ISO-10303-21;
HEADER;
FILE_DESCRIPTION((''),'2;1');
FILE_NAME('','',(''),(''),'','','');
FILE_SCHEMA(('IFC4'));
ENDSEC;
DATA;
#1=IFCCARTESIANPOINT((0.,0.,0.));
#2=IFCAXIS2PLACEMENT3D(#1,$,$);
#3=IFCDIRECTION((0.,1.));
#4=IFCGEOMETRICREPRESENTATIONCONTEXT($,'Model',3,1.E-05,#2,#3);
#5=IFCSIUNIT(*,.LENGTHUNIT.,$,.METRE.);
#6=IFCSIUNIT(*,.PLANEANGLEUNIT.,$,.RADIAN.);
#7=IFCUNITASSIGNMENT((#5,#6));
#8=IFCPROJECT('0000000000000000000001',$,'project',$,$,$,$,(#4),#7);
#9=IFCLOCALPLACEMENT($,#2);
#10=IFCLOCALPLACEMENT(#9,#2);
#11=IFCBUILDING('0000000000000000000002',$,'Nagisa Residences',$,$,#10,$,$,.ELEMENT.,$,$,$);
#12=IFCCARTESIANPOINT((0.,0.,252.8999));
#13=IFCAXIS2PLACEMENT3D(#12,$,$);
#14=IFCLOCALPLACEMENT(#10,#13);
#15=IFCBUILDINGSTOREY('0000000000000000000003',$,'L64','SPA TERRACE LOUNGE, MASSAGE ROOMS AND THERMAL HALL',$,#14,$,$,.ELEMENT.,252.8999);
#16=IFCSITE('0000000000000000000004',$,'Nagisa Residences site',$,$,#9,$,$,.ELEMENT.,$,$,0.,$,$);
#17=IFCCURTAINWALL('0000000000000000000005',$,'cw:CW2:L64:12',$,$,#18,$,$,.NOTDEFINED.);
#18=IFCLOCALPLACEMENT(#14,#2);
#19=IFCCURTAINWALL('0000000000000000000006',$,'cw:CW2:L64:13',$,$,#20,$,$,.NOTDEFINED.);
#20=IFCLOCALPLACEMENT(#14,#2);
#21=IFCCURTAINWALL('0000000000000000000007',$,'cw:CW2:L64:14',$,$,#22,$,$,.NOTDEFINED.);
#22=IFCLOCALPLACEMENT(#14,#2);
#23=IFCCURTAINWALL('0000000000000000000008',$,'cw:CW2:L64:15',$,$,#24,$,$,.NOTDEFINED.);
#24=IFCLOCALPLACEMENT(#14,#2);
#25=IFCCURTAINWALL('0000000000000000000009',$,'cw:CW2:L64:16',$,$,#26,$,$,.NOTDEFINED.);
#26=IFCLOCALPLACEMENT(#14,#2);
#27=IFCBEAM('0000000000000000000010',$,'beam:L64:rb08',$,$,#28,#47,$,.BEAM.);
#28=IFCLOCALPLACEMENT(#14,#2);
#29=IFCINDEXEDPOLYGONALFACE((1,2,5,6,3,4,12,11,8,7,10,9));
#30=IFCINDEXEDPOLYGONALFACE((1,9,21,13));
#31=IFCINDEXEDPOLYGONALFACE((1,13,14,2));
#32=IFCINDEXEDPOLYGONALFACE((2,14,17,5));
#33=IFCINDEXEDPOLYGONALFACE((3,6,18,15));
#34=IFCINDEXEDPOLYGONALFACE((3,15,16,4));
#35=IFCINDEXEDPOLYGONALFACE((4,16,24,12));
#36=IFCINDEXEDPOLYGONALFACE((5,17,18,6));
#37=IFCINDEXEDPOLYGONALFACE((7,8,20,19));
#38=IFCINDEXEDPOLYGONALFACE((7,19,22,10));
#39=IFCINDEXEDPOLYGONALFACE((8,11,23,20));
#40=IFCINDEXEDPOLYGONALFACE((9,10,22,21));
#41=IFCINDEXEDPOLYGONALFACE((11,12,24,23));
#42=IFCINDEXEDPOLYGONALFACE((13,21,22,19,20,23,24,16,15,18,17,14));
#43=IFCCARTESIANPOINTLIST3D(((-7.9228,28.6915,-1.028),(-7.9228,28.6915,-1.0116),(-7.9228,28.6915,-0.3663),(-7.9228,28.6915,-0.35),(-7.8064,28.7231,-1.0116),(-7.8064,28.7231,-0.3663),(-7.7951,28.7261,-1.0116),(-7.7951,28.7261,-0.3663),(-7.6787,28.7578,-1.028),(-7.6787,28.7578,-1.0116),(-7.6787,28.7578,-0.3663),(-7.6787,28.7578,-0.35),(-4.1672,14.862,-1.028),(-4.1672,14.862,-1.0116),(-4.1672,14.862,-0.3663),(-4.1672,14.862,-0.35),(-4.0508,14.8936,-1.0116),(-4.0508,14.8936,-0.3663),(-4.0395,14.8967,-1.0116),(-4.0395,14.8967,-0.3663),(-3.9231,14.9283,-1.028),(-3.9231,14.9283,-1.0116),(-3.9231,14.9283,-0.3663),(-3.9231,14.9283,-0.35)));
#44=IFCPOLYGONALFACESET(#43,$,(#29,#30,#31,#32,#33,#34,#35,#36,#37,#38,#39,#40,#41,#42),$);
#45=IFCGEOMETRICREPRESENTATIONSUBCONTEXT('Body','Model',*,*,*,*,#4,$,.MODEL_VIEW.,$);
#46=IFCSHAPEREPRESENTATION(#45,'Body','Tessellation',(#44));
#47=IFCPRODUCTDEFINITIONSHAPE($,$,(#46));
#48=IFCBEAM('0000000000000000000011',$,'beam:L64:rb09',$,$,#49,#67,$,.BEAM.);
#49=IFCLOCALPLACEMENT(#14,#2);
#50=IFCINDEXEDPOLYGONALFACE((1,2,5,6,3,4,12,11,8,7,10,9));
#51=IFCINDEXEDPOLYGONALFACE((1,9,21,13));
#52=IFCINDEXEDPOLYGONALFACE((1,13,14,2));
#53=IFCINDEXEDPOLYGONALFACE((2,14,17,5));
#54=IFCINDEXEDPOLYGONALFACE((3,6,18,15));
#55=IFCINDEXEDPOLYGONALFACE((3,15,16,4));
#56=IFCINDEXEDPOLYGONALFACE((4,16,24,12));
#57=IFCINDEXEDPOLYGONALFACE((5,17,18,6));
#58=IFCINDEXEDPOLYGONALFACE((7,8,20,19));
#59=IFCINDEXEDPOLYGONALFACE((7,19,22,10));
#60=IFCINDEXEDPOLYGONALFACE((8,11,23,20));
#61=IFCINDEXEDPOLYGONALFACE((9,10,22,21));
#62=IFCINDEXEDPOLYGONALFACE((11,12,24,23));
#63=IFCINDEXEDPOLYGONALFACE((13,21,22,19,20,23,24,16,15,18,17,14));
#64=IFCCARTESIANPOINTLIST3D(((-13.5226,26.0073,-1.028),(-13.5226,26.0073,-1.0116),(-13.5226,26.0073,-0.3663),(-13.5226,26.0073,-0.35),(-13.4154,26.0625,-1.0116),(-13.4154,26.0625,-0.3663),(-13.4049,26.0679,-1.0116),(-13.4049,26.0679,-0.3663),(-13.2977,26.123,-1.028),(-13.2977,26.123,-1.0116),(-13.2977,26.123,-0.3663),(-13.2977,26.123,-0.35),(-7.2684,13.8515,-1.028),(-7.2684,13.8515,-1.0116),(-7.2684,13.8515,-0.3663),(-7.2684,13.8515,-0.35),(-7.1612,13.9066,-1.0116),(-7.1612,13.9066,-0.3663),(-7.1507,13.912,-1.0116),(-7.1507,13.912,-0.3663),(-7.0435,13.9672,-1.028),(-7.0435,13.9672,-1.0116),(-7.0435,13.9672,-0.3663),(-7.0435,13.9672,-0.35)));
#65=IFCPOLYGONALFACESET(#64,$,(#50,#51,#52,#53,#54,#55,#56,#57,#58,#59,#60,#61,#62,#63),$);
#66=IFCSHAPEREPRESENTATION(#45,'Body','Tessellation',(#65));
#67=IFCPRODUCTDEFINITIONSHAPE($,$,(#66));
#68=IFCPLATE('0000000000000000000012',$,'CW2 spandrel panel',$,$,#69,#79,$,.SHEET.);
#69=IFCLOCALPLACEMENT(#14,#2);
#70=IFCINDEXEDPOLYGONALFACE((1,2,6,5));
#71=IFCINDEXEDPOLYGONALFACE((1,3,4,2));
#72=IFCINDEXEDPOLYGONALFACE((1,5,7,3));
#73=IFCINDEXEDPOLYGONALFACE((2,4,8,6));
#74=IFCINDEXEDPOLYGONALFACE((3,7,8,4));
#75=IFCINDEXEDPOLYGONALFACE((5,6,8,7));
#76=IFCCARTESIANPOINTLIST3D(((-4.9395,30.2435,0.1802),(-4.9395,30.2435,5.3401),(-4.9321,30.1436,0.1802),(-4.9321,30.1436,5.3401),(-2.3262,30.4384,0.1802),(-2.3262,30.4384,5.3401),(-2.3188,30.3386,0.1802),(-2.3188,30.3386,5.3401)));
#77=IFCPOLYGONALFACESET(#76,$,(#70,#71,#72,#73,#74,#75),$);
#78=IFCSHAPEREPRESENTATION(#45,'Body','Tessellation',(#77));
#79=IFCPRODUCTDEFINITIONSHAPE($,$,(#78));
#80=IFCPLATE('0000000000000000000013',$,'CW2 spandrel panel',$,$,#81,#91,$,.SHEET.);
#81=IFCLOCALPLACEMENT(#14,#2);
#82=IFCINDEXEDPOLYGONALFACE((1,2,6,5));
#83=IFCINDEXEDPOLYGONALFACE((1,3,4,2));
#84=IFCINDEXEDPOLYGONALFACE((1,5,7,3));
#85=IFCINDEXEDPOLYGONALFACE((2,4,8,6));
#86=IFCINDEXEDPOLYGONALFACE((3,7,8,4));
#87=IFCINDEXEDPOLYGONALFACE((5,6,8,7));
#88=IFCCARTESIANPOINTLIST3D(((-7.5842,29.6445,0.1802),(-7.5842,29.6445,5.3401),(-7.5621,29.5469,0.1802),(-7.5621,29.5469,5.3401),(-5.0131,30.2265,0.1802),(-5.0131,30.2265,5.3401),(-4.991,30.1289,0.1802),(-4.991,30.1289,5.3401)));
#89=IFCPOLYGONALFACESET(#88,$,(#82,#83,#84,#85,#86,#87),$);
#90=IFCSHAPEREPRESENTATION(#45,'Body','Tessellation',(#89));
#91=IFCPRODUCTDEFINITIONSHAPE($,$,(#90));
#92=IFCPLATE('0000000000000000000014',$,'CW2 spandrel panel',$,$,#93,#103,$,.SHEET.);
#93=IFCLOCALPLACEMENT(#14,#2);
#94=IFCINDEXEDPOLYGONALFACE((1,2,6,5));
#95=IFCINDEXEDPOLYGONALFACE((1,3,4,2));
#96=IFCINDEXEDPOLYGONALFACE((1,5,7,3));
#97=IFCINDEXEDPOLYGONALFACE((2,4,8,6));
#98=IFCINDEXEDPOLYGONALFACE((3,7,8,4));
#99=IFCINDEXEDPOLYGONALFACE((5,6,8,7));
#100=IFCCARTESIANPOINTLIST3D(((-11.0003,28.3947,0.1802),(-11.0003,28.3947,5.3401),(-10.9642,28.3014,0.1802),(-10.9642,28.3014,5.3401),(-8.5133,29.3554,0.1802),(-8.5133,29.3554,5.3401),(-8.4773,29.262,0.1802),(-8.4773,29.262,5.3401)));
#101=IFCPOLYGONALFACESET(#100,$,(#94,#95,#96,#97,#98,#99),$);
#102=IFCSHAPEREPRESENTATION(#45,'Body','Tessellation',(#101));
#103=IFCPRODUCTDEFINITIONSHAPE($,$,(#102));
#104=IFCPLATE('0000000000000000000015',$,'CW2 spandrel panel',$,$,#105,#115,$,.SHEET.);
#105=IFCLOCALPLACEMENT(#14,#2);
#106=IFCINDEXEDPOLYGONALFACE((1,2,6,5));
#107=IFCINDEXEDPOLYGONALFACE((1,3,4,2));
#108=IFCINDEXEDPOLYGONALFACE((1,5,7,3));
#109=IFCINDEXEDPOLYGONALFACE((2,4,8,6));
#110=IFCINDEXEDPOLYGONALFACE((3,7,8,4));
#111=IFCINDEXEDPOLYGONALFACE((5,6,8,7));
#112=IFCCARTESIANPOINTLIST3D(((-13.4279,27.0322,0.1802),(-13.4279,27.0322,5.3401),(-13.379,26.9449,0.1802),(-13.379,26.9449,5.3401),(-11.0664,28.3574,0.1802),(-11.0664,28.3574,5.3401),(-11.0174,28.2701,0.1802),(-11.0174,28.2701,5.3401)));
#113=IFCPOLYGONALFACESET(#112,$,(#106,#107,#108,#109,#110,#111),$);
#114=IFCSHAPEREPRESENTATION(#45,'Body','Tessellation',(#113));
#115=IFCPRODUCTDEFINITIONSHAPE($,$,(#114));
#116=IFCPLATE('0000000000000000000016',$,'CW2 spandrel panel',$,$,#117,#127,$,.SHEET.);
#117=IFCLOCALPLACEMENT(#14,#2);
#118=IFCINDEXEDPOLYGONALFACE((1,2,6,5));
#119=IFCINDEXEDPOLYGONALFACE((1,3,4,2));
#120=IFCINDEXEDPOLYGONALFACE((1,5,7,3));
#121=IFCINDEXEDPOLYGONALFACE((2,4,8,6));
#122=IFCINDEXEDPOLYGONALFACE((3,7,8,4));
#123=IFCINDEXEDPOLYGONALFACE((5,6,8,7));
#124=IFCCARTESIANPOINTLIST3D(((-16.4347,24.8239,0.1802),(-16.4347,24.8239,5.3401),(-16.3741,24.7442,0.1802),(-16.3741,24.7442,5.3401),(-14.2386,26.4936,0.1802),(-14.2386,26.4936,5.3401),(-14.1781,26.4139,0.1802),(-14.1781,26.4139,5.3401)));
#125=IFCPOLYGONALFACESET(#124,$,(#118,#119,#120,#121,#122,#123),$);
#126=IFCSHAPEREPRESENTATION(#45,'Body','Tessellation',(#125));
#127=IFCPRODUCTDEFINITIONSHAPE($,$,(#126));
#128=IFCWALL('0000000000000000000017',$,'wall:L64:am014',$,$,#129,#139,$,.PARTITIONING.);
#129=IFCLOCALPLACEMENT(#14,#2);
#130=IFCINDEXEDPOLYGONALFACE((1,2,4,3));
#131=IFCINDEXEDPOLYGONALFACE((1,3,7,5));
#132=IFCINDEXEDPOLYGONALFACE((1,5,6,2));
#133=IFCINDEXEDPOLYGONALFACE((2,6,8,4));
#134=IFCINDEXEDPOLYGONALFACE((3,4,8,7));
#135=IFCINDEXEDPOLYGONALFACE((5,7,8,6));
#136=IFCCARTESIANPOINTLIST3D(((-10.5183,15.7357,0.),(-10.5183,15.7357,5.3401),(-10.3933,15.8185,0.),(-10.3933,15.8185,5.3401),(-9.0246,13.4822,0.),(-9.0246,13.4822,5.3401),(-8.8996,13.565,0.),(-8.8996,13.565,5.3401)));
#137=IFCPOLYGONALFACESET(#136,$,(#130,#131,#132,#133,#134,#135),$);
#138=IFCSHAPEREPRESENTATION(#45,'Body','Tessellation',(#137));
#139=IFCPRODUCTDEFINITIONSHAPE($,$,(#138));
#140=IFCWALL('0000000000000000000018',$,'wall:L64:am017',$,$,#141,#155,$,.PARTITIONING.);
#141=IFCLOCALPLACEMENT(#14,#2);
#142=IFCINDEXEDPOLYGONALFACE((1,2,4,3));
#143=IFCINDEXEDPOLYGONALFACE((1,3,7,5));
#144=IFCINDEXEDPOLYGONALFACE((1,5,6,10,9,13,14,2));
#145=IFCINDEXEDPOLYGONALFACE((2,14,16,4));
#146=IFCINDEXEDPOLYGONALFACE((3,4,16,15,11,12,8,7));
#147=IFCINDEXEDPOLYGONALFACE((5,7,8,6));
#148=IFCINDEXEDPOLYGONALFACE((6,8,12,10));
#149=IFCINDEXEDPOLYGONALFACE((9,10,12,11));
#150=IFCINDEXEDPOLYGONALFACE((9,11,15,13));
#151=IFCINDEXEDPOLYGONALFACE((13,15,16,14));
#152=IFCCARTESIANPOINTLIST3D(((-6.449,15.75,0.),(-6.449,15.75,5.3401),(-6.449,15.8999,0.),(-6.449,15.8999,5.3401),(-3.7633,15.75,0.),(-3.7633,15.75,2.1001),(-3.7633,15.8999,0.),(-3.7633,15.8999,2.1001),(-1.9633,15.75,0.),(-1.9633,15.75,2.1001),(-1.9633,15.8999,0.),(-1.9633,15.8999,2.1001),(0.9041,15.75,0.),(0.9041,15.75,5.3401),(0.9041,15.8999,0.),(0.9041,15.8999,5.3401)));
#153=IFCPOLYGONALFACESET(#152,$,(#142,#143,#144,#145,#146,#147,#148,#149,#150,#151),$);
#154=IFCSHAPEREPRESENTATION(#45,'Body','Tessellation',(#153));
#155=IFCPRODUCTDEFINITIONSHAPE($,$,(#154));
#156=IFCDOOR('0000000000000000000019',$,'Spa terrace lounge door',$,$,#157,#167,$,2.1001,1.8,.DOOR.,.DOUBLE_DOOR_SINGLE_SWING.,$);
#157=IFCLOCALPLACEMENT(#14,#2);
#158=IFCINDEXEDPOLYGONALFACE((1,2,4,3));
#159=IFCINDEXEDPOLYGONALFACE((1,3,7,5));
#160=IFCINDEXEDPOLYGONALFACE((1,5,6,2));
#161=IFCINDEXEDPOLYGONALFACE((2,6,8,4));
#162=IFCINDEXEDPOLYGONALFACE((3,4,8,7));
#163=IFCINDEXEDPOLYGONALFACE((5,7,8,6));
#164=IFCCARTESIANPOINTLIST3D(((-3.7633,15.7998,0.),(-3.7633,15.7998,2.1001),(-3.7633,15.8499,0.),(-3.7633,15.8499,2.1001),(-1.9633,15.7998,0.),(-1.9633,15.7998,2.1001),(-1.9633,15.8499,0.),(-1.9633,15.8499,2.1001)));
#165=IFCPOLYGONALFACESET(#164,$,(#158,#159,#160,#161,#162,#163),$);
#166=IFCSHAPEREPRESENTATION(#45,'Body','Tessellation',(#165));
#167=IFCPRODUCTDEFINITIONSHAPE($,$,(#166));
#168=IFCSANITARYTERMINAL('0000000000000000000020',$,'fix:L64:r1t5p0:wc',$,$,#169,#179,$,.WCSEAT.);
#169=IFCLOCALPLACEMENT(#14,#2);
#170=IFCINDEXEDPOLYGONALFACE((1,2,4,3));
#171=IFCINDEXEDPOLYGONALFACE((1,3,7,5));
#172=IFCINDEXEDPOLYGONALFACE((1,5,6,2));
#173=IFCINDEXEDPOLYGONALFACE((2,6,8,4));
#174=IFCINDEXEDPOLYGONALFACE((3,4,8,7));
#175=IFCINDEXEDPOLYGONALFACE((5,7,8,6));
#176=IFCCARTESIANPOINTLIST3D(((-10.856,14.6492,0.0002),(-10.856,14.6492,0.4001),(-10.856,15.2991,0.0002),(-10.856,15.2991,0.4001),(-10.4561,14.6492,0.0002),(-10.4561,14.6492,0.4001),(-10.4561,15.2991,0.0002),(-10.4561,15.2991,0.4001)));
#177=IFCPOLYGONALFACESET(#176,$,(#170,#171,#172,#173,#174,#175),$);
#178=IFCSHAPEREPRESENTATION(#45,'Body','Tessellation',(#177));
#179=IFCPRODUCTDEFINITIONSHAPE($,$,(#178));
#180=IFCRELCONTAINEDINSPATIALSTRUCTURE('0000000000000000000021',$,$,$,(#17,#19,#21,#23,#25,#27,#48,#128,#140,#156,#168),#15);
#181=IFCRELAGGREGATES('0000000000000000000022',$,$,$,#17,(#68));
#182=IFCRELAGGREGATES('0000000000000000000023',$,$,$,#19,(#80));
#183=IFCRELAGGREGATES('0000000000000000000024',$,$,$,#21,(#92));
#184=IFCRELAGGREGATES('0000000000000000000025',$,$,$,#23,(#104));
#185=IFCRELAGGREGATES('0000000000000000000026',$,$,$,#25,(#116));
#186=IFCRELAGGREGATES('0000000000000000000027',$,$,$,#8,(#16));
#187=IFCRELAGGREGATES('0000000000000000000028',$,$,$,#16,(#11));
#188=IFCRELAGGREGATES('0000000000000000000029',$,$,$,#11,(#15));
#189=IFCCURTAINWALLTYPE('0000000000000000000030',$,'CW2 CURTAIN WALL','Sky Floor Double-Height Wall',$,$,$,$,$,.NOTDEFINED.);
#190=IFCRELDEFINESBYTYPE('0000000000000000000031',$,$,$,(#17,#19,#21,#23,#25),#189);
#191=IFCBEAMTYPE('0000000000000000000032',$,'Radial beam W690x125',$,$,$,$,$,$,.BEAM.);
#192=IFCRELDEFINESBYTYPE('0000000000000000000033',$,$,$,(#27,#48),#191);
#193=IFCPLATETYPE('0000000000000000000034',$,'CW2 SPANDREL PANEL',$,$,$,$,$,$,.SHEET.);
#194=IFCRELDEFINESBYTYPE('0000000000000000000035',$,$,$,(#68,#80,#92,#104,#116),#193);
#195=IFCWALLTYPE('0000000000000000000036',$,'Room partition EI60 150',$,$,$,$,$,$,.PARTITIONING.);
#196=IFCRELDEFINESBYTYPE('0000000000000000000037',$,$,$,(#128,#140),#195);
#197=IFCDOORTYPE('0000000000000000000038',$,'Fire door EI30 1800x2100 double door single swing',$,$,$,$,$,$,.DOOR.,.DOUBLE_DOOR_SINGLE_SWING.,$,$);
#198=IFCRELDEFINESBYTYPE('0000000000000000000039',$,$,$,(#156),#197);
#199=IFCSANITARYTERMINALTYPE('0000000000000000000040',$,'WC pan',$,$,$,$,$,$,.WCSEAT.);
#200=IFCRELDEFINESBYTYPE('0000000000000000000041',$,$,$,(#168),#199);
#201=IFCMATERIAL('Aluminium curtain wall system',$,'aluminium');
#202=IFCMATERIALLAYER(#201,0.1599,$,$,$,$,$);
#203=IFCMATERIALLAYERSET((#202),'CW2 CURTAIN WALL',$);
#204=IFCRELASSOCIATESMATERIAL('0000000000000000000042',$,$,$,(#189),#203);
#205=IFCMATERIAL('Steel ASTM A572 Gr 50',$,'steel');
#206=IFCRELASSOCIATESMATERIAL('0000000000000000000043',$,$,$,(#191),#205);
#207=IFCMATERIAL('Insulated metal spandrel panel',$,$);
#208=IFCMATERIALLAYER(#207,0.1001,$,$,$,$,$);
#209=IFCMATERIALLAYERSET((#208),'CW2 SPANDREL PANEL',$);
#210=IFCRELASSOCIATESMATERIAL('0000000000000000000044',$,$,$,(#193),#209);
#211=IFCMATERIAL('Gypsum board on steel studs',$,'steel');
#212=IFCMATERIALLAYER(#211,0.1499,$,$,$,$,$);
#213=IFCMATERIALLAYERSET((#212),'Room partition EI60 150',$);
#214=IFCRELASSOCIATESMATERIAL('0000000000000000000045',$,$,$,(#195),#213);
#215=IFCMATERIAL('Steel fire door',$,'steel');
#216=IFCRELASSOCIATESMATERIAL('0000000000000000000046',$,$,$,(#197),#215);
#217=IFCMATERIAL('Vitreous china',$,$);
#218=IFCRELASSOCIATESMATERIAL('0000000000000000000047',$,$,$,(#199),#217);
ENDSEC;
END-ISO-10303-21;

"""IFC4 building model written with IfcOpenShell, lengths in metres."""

from ifc_helpers import new_model, si_unit, direction, frame, frame_2d, origin, origin_2d, place, context, subcontext, project, spatial, rectangle, i_section, extrude, material, layer, layer_set, material_profile, profile_set, type_object, element, fill, aggregate, save


model = new_model("IFC4")

# Units and contexts
model_context = context("Model", 3, precision=1e-05, world=origin(), true_north=direction((0.0, 1.0)))
body_context = subcontext(model_context, "Body", "Model", "MODEL_VIEW")
ifc_project = project(units=[si_unit("LENGTHUNIT", "METRE"), si_unit("PLANEANGLEUNIT", "RADIAN")], contexts=[model_context])

# Site, building, storey
site_placement = place(None, origin())
site = spatial("IfcSite", under=ifc_project, at=site_placement, Name="Nagisa Residences site", CompositionType="ELEMENT", RefElevation=0.0)
building_placement = place(site_placement, origin())
building = spatial("IfcBuilding", under=site, at=building_placement, Name="Nagisa Residences", CompositionType="ELEMENT")
storey_placement = place(building_placement, frame((0.0, 0.0, 252.8999)))
storey = spatial("IfcBuildingStorey", under=building, at=storey_placement, Name="L64", Description="SPA TERRACE LOUNGE, MASSAGE ROOMS AND THERMAL HALL", CompositionType="ELEMENT", Elevation=252.8999)

# Curtain walls
ifc_material_1 = material(Name="Aluminium curtain wall system", Category="aluminium")
ifc_layer_1 = layer(ifc_material_1, 0.1599)
ifc_layer_set_1 = layer_set([ifc_layer_1], Name="CW2 CURTAIN WALL")
curtain_wall_type = type_object("IfcCurtainWallType", Name="CW2 CURTAIN WALL", Description="Sky Floor Double-Height Wall", PredefinedType="NOTDEFINED", material=ifc_layer_set_1)
curtain_wall_1_placement = place(storey_placement, origin())
curtain_wall_1 = element("IfcCurtainWall", 1, at=curtain_wall_1_placement, inside=storey, type_object=curtain_wall_type, Name="cw:CW2:L64:12", PredefinedType="NOTDEFINED")
curtain_wall_2_placement = place(storey_placement, origin())
curtain_wall_2 = element("IfcCurtainWall", 2, at=curtain_wall_2_placement, inside=storey, type_object=curtain_wall_type, Name="cw:CW2:L64:13", PredefinedType="NOTDEFINED")
curtain_wall_3_placement = place(storey_placement, origin())
curtain_wall_3 = element("IfcCurtainWall", 3, at=curtain_wall_3_placement, inside=storey, type_object=curtain_wall_type, Name="cw:CW2:L64:14", PredefinedType="NOTDEFINED")
curtain_wall_4_placement = place(storey_placement, origin())
curtain_wall_4 = element("IfcCurtainWall", 4, at=curtain_wall_4_placement, inside=storey, type_object=curtain_wall_type, Name="cw:CW2:L64:15", PredefinedType="NOTDEFINED")
curtain_wall_5_placement = place(storey_placement, origin())
curtain_wall_5 = element("IfcCurtainWall", 5, at=curtain_wall_5_placement, inside=storey, type_object=curtain_wall_type, Name="cw:CW2:L64:16", PredefinedType="NOTDEFINED")

# Beams
ifc_material_2 = material(Name="Steel ASTM A572 Gr 50", Category="steel")
ifc_material_profile_1 = material_profile(ifc_material_2, i_section(OverallWidth=0.2529, OverallDepth=0.678, WebThickness=0.0117, FlangeThickness=0.0164, at=origin_2d()), Name="W690x125")
ifc_profile_set_1 = profile_set([ifc_material_profile_1], Name="Steel ASTM A572 Gr 50")
beam_type_1 = type_object("IfcBeamType", Name="Radial beam W690x125", PredefinedType="BEAM", material=ifc_profile_set_1)
beam_1_placement = place(storey_placement, frame((-7.8008, 28.7246, -0.689), z_axis=(0.262076, -0.965047, 0.0), x_axis=(0.965047, 0.262076, 0.0)))
element("IfcBeam", 6, at=beam_1_placement, inside=storey, type_object=beam_type_1, Name="beam:L64:rb08", PredefinedType="BEAM", context=body_context, shape_type="SweptSolid", body=[
    extrude(i_section(OverallWidth=0.2529, OverallDepth=0.678, WebThickness=0.0117, FlangeThickness=0.0164, at=origin_2d()), origin(), (0.0, 0.0, 1.0), 14.3303),
])
beam_2_placement = place(storey_placement, frame((-13.4102, 26.0652, -0.689), z_axis=(0.457499, -0.88921, 0.0), x_axis=(0.88921, 0.457499, 0.0)))
element("IfcBeam", 7, at=beam_2_placement, inside=storey, type_object=beam_type_1, Name="beam:L64:rb09", PredefinedType="BEAM", context=body_context, shape_type="SweptSolid", body=[
    extrude(i_section(OverallWidth=0.2529, OverallDepth=0.678, WebThickness=0.0117, FlangeThickness=0.0164, at=origin_2d()), origin(), (0.0, 0.0, 1.0), 13.6704),
])

# Plates
ifc_material_3 = material(Name="Insulated metal spandrel panel")
ifc_layer_2 = layer(ifc_material_3, 0.1001)
ifc_layer_set_2 = layer_set([ifc_layer_2], Name="CW2 SPANDREL PANEL")
plate_type = type_object("IfcPlateType", Name="CW2 SPANDREL PANEL", PredefinedType="SHEET", material=ifc_layer_set_2)
plate_1_placement = place(storey_placement, frame((-3.6292, 30.291, 0.1802), z_axis=(0.0, 0.0, 1.0), x_axis=(-0.99723, -0.074377, 0.0)))
plate_1 = element("IfcPlate", 8, at=plate_1_placement, type_object=plate_type, Name="CW2 spandrel panel", PredefinedType="SHEET", context=body_context, shape_type="SweptSolid", body=[
    extrude(rectangle(XDim=2.6206, YDim=0.1001, at=origin_2d()), origin(), (0.0, 0.0, 1.0), 5.1599),
])
aggregate(curtain_wall_1, [plate_1])
plate_2_placement = place(storey_placement, frame((-6.2876, 29.8867, 0.1802), z_axis=(0.0, 0.0, 1.0), x_axis=(-0.975327, -0.220764, 0.0)))
plate_2 = element("IfcPlate", 9, at=plate_2_placement, type_object=plate_type, Name="CW2 spandrel panel", PredefinedType="SHEET", context=body_context, shape_type="SweptSolid", body=[
    extrude(rectangle(XDim=2.6362, YDim=0.1001, at=origin_2d()), origin(), (0.0, 0.0, 1.0), 5.1599),
])
aggregate(curtain_wall_2, [plate_2])
plate_3_placement = place(storey_placement, frame((-9.7388, 28.8284, 0.1802), z_axis=(0.0, 0.0, 1.0), x_axis=(-0.932826, -0.360328, 0.0)))
plate_3 = element("IfcPlate", 10, at=plate_3_placement, type_object=plate_type, Name="CW2 spandrel panel", PredefinedType="SHEET", context=body_context, shape_type="SweptSolid", body=[
    extrude(rectangle(XDim=2.666, YDim=0.1001, at=origin_2d()), origin(), (0.0, 0.0, 1.0), 5.1599),
])
aggregate(curtain_wall_3, [plate_3])
plate_4_placement = place(storey_placement, frame((-12.2227, 27.6511, 0.1802), z_axis=(0.0, 0.0, 1.0), x_axis=(-0.872072, -0.489377, 0.0)))
plate_4 = element("IfcPlate", 11, at=plate_4_placement, type_object=plate_type, Name="CW2 spandrel panel", PredefinedType="SHEET", context=body_context, shape_type="SweptSolid", body=[
    extrude(rectangle(XDim=2.708, YDim=0.1001, at=origin_2d()), origin(), (0.0, 0.0, 1.0), 5.1599),
])
aggregate(curtain_wall_4, [plate_4])
plate_5_placement = place(storey_placement, frame((-15.3064, 25.6189, 0.1802), z_axis=(0.0, 0.0, 1.0), x_axis=(-0.796031, -0.605255, 0.0)))
plate_5 = element("IfcPlate", 12, at=plate_5_placement, type_object=plate_type, Name="CW2 spandrel panel", PredefinedType="SHEET", context=body_context, shape_type="SweptSolid", body=[
    extrude(rectangle(XDim=2.7588, YDim=0.1001, at=origin_2d()), origin(), (0.0, 0.0, 1.0), 5.1599),
])
aggregate(curtain_wall_5, [plate_5])

# Wall
ifc_material_4 = material(Name="Gypsum board on steel studs", Category="steel")
ifc_layer_3 = layer(ifc_material_4, 0.1499)
ifc_layer_set_3 = layer_set([ifc_layer_3], Name="Room partition EI60 150")
wall_type = type_object("IfcWallType", Name="Room partition EI60 150", PredefinedType="PARTITIONING", material=ifc_layer_set_3)
wall_1_placement = place(storey_placement, frame((-10.4558, 15.7771, 0.0), z_axis=(0.0, 0.0, 1.0), x_axis=(0.552489, -0.83352, 0.0)))
element("IfcWall", 13, at=wall_1_placement, inside=storey, type_object=wall_type, Name="wall:L64:am014", PredefinedType="PARTITIONING", context=body_context, shape_type="SweptSolid", body=[
    extrude(rectangle(XDim=2.7036, YDim=0.1499, at=frame_2d((1.3518, 0.0))), origin(), (0.0, 0.0, 1.0), 5.3401),
])

# Wall, opening, door
wall_2_placement = place(storey_placement, frame((-6.449, 15.825, 0.0), z_axis=(0.0, 0.0, 1.0), x_axis=(1.0, 0.0, 0.0)))
wall_2 = element("IfcWall", 14, at=wall_2_placement, inside=storey, type_object=wall_type, Name="wall:L64:am017", PredefinedType="PARTITIONING", context=body_context, shape_type="SweptSolid", body=[
    extrude(rectangle(XDim=7.353, YDim=0.1499, at=frame_2d((3.6765, 0.0))), origin(), (0.0, 0.0, 1.0), 5.3401),
])
opening_placement = place(wall_2_placement, frame((2.6858, 0.0, 0.0)))
opening = element("IfcOpeningElement", 15, at=opening_placement, cuts=wall_2, PredefinedType="OPENING", context=body_context, shape_type="SweptSolid", body=[
    extrude(rectangle(XDim=1.8, YDim=2.1001, at=frame_2d((0.8999, 1.05))), frame((0.0, 0.085, 0.0), z_axis=(0.0, -1.0, 0.0), x_axis=(1.0, 0.0, 0.0)), (0.0, 0.0, 1.0), 0.1699),
])
ifc_material_5 = material(Name="Steel fire door", Category="steel")
door_type = type_object("IfcDoorType", Name="Fire door EI30 1800x2100 double door single swing", OperationType="DOUBLE_DOOR_SINGLE_SWING", PredefinedType="DOOR", material=ifc_material_5)
door_placement = place(opening_placement, origin())
door = element("IfcDoor", 16, at=door_placement, inside=storey, type_object=door_type, Name="Spa terrace lounge door", OperationType="DOUBLE_DOOR_SINGLE_SWING", OverallHeight=2.1001, OverallWidth=1.8, PredefinedType="DOOR", context=body_context, shape_type="SweptSolid", body=[
    extrude(rectangle(XDim=1.8, YDim=2.1001, at=frame_2d((0.8999, 1.05))), frame((0.0, 0.0249, 0.0), z_axis=(0.0, -1.0, 0.0), x_axis=(1.0, 0.0, 0.0)), (0.0, 0.0, 1.0), 0.05),
])
fill(opening, door)

# Sanitary terminal
ifc_material_6 = material(Name="Vitreous china")
sanitary_terminal_type = type_object("IfcSanitaryTerminalType", Name="WC pan", PredefinedType="WCSEAT", material=ifc_material_6)
sanitary_terminal_placement = place(storey_placement, frame((-10.656, 14.9741, 0.0002), z_axis=(0.0, 0.0, 1.0), x_axis=(1.0, 0.0, 0.0)))
element("IfcSanitaryTerminal", 17, at=sanitary_terminal_placement, inside=storey, type_object=sanitary_terminal_type, Name="fix:L64:r1t5p0:wc", PredefinedType="WCSEAT", context=body_context, shape_type="SweptSolid", body=[
    extrude(rectangle(XDim=0.3999, YDim=0.6499, at=origin_2d()), origin(), (0.0, 0.0, 1.0), 0.3999),
])

save(model, "model.ifc")
